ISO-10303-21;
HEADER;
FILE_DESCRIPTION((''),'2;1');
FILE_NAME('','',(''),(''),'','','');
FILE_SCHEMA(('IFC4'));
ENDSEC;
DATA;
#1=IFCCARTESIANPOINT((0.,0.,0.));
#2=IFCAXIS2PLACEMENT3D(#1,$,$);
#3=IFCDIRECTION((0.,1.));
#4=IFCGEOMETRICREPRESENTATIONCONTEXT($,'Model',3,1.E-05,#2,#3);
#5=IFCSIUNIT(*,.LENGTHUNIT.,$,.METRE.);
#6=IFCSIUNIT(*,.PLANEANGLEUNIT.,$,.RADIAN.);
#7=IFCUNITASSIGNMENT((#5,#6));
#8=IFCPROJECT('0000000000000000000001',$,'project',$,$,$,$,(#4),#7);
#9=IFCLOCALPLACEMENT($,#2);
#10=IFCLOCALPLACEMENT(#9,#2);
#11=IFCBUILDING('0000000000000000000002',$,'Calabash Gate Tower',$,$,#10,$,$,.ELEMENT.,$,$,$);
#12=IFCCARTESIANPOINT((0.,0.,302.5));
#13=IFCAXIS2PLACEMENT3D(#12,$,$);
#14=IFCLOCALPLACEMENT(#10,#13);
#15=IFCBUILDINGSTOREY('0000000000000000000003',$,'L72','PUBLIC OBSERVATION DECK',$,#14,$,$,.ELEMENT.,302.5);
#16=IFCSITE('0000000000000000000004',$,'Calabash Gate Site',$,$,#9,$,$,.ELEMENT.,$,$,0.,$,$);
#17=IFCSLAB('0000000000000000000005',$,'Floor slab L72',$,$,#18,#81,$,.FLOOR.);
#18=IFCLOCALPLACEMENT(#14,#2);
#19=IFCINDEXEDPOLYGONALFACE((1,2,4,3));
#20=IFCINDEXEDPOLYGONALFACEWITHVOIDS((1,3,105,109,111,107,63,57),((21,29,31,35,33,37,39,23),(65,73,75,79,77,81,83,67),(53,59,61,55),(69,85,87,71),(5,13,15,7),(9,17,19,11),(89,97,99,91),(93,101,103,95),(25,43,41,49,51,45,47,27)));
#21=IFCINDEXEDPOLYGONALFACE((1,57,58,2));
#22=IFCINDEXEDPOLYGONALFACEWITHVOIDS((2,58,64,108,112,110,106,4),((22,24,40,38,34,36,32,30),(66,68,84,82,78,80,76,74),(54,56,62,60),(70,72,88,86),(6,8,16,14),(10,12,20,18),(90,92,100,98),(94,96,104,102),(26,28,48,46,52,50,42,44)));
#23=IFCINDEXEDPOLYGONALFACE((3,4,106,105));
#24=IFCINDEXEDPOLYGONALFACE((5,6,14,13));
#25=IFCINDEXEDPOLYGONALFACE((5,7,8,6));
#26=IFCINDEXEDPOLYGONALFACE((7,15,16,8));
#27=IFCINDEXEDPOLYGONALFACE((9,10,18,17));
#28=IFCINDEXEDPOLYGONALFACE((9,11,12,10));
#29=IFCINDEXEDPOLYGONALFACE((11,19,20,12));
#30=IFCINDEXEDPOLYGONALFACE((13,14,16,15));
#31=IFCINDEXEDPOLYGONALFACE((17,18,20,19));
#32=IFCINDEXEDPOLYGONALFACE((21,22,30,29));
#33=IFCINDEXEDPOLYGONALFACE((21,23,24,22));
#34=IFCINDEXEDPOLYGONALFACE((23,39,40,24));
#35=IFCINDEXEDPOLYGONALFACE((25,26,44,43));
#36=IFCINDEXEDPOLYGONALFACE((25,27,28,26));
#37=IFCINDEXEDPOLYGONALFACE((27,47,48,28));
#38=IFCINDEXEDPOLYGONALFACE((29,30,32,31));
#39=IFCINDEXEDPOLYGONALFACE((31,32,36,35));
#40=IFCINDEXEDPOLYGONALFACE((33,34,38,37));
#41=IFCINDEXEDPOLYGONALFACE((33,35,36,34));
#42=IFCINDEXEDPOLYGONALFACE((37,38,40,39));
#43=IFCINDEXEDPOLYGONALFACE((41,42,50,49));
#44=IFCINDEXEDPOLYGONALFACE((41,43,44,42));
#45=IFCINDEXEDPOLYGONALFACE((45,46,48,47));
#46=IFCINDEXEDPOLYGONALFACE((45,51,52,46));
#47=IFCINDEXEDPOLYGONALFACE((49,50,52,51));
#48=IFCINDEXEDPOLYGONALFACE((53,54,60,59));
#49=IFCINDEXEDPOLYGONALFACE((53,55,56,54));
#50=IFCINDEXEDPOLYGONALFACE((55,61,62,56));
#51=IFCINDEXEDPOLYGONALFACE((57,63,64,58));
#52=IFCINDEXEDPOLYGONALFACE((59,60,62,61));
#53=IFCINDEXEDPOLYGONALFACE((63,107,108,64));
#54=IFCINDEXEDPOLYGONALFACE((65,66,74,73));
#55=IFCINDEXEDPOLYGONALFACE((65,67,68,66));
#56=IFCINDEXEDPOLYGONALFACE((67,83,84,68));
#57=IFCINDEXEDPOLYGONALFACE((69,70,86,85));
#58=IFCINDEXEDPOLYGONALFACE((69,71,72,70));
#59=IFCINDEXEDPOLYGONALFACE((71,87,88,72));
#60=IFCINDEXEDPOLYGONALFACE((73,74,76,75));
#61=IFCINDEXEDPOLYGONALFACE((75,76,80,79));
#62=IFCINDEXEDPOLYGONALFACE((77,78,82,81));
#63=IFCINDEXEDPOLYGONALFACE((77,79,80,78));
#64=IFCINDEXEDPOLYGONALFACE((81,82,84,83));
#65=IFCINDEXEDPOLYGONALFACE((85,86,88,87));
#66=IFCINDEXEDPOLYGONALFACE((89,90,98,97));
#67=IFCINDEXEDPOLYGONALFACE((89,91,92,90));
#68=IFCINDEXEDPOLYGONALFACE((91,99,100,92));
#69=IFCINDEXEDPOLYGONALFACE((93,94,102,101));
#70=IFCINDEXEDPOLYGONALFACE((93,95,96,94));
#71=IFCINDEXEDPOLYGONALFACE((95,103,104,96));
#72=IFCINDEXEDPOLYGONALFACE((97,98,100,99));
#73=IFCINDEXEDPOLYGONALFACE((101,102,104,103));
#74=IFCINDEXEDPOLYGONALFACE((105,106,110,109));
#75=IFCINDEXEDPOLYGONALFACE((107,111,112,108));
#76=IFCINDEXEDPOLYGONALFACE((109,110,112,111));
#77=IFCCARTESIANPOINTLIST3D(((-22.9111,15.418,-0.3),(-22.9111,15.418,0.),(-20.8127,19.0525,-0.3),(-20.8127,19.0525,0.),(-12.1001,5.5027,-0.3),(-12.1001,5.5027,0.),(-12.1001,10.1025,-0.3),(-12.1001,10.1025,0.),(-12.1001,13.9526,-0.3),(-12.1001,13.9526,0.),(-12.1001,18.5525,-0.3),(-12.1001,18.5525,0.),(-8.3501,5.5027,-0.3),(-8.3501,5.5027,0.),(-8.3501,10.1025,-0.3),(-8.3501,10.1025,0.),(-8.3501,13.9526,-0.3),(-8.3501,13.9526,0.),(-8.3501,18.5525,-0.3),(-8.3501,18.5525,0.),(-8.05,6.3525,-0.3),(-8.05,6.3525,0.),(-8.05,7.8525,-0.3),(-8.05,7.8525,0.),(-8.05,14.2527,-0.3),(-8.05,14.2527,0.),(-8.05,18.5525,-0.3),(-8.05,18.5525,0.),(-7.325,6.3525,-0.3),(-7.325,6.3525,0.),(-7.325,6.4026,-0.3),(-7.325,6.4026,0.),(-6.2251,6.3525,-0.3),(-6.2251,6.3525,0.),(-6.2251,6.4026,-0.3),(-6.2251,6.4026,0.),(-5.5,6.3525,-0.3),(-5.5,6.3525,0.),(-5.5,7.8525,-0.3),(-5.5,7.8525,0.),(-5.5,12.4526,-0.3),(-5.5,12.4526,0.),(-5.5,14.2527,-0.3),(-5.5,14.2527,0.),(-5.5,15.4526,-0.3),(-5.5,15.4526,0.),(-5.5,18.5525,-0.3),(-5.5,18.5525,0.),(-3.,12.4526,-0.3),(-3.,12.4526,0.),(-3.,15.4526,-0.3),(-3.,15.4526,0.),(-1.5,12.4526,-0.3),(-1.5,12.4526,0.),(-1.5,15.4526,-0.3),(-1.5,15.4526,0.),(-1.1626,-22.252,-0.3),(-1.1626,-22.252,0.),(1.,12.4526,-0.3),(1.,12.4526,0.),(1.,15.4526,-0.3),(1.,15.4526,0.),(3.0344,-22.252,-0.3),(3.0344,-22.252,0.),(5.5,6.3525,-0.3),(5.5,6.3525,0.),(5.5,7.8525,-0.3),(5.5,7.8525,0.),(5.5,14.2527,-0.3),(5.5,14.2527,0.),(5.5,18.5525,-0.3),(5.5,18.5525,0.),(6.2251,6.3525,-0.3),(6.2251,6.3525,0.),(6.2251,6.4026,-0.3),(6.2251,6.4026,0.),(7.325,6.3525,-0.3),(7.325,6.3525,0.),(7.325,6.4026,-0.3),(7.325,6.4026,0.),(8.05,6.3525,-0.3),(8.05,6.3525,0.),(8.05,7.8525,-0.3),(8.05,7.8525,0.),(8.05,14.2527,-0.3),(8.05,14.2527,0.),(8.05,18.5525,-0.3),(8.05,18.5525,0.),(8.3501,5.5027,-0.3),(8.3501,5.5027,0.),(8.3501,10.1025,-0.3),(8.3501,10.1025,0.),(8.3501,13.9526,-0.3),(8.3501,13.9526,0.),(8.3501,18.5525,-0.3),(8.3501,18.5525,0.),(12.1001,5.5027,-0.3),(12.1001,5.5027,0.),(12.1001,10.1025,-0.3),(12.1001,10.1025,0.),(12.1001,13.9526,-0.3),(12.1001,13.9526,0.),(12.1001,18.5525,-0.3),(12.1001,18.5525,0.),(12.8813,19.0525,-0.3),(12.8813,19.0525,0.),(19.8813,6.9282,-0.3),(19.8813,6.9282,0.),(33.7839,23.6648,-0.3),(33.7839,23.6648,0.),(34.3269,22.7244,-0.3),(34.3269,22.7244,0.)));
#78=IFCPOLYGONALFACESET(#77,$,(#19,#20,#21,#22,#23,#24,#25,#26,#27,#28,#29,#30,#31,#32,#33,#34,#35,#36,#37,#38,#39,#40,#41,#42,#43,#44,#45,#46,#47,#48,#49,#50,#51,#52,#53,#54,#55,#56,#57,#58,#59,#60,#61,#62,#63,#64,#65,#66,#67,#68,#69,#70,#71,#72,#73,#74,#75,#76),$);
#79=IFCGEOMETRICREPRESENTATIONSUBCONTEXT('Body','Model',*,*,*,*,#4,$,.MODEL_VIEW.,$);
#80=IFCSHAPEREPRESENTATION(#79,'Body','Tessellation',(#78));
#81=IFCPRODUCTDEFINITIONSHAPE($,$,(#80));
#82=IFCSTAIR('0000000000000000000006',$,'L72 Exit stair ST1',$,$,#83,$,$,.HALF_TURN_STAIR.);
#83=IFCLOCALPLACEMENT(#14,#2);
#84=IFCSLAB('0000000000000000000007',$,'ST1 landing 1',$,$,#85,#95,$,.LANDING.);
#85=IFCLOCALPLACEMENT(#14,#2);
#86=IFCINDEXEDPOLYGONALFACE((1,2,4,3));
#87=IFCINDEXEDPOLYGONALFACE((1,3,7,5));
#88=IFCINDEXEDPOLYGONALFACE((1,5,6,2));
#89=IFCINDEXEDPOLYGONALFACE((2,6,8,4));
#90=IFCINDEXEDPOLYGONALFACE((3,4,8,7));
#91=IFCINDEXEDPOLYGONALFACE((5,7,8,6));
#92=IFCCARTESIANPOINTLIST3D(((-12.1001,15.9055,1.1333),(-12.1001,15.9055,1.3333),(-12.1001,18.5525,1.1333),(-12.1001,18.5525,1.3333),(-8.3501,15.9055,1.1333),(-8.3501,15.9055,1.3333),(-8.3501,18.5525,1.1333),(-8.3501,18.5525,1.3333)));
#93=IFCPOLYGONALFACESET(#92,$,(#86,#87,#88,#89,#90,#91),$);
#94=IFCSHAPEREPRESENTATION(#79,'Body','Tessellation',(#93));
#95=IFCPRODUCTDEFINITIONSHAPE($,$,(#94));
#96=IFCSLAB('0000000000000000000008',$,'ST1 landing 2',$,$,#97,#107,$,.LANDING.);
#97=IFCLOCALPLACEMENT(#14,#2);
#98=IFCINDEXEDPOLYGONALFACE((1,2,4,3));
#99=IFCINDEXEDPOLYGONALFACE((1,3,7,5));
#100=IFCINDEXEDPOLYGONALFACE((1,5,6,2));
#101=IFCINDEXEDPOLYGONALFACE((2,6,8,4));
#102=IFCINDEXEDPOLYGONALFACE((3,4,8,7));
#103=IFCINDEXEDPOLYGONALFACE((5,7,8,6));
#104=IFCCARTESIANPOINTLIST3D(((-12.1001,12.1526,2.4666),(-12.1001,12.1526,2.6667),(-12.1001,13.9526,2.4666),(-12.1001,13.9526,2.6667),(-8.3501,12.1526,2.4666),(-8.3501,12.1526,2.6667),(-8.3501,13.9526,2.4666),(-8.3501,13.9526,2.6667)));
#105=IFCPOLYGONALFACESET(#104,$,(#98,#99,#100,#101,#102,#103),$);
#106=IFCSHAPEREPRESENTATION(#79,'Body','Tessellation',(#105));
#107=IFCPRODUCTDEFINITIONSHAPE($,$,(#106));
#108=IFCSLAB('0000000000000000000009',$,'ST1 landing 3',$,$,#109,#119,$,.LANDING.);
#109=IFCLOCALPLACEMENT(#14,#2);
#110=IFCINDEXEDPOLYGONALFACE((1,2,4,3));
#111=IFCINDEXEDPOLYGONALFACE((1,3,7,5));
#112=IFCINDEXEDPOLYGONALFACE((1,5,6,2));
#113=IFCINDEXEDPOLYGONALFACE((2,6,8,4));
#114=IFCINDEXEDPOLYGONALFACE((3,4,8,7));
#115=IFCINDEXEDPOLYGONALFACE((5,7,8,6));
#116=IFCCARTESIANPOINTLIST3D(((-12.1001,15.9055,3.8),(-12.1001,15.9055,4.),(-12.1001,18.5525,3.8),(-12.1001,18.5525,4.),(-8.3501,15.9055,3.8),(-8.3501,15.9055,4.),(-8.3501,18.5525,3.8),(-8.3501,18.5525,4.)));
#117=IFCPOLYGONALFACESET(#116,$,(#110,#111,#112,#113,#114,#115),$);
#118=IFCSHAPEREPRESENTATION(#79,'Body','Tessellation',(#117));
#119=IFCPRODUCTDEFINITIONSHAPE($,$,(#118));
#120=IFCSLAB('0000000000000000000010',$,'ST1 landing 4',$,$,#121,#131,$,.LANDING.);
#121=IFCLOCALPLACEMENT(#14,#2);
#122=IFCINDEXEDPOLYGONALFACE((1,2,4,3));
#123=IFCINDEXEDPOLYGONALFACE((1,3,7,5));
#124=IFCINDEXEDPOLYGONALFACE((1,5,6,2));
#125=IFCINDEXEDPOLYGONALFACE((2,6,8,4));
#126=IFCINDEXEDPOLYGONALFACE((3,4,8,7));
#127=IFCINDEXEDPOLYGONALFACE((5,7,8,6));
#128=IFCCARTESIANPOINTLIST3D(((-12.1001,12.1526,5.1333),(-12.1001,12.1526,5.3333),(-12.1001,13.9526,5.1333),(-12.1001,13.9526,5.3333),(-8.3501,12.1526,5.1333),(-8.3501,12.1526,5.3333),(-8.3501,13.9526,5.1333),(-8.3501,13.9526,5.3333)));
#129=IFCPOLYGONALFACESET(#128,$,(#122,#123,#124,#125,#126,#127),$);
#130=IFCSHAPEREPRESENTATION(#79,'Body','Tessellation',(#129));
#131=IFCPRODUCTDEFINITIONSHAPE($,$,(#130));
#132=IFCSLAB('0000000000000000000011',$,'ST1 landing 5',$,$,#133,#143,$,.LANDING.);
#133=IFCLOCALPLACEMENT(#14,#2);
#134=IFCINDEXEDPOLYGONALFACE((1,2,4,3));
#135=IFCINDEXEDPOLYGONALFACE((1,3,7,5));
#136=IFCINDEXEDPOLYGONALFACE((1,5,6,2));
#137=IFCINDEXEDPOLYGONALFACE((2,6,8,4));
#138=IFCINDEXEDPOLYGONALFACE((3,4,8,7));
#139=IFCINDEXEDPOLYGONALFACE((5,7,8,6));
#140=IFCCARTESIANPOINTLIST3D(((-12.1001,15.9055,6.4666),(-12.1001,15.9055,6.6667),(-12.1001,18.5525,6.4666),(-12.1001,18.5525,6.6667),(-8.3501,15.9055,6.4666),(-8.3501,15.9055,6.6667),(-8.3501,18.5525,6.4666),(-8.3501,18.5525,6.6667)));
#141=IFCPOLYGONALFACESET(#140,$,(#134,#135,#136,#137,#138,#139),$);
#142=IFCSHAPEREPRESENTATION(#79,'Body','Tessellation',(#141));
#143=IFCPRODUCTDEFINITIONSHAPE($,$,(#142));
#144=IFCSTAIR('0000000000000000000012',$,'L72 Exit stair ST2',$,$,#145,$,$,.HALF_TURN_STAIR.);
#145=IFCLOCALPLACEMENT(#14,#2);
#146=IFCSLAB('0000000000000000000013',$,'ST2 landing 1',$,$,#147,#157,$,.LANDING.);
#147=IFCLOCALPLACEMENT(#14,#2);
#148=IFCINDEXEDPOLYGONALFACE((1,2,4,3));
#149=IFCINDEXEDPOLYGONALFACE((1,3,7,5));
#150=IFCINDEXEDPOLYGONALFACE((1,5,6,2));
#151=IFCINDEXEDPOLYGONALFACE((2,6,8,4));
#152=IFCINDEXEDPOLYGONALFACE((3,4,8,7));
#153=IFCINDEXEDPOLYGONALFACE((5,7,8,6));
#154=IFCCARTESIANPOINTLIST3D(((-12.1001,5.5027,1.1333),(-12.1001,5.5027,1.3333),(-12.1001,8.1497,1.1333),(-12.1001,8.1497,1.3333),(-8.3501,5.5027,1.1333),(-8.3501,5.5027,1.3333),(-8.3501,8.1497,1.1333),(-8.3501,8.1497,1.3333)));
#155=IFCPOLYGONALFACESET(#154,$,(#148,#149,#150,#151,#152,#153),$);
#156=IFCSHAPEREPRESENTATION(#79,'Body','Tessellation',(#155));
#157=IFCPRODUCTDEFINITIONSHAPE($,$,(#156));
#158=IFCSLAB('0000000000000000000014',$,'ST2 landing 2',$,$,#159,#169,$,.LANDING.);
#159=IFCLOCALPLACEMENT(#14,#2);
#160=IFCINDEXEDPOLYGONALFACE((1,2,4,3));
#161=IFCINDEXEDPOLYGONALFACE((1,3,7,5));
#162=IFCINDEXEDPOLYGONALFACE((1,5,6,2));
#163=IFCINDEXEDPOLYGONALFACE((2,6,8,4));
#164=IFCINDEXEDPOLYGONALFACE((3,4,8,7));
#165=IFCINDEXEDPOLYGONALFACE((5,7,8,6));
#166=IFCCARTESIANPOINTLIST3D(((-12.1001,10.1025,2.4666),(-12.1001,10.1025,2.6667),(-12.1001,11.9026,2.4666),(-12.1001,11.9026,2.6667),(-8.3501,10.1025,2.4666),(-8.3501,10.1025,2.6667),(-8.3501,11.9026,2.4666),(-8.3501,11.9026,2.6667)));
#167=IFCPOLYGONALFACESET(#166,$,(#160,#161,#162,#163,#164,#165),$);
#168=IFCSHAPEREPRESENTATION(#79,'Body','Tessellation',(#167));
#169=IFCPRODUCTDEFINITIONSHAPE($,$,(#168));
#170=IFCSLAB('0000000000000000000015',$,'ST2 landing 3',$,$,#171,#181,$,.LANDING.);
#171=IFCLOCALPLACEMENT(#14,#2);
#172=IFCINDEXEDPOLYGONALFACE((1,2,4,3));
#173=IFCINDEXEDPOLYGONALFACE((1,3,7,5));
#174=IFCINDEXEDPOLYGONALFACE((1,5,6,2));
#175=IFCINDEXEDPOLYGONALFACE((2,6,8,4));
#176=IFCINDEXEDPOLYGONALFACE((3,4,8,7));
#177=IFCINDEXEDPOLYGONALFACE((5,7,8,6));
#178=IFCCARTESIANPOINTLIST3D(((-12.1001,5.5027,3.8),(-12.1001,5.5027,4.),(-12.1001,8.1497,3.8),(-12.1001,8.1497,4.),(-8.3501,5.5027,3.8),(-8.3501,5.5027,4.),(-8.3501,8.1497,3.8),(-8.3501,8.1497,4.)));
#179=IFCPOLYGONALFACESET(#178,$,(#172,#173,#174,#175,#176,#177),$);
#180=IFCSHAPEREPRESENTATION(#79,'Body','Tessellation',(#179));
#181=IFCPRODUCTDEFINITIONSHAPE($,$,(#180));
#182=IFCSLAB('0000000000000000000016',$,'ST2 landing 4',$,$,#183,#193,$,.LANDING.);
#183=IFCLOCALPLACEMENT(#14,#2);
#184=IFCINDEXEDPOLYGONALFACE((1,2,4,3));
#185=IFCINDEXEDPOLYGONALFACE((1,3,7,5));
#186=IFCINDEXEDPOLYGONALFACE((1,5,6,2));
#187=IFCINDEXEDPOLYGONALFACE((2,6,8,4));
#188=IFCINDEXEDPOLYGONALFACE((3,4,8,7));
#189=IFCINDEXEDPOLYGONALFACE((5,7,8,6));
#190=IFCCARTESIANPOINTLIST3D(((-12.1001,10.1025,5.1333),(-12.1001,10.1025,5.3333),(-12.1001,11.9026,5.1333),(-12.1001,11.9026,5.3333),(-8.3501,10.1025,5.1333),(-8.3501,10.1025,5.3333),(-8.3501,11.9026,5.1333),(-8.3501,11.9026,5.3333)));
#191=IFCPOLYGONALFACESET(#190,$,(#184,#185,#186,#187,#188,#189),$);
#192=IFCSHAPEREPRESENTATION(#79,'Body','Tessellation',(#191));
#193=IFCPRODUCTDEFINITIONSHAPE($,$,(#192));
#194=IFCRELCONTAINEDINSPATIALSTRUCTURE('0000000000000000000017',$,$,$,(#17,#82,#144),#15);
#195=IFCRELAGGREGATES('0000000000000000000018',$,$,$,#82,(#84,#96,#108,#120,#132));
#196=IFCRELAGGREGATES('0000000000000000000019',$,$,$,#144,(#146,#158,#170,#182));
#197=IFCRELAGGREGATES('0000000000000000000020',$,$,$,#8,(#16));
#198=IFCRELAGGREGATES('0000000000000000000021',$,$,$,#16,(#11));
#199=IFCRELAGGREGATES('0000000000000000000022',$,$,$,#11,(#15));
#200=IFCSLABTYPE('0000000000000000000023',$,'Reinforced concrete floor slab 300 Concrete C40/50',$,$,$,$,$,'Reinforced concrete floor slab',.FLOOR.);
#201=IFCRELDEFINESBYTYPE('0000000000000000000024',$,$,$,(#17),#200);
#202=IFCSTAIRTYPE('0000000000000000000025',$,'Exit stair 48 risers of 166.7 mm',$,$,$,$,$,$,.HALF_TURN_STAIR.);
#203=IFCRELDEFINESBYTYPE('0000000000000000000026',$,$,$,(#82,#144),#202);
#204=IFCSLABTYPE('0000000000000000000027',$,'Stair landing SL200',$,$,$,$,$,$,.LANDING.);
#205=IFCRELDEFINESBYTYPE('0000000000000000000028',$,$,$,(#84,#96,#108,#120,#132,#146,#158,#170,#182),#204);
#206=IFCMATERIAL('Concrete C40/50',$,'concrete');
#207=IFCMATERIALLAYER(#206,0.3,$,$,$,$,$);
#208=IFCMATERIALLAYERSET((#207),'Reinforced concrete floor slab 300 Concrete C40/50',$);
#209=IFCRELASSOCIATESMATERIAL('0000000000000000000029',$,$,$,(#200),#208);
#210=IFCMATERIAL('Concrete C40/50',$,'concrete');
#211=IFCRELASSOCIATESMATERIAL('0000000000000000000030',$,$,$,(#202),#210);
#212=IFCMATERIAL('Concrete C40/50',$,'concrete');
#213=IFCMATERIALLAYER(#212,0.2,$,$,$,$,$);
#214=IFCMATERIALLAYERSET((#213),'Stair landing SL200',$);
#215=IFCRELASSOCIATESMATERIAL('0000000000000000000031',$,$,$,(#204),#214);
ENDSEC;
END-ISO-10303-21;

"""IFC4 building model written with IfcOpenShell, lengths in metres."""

from ifc_helpers import new_model, si_unit, direction, frame, origin, place, context, subcontext, project, spatial, polyline, outline, extrude, material, layer, layer_set, type_object, element, aggregate, save


model = new_model("IFC4")

# Units and contexts
model_context = context("Model", 3, precision=1e-05, world=origin(), true_north=direction((0.0, 1.0)))
body_context = subcontext(model_context, "Body", "Model", "MODEL_VIEW")
ifc_project = project(units=[si_unit("LENGTHUNIT", "METRE"), si_unit("PLANEANGLEUNIT", "RADIAN")], contexts=[model_context])

# Site, building, storey
site_placement = place(None, origin())
site = spatial("IfcSite", under=ifc_project, at=site_placement, Name="Calabash Gate Site", CompositionType="ELEMENT", RefElevation=0.0)
building_placement = place(site_placement, origin())
building = spatial("IfcBuilding", under=site, at=building_placement, Name="Calabash Gate Tower", CompositionType="ELEMENT")
storey_placement = place(building_placement, frame((0.0, 0.0, 302.5)))
storey = spatial("IfcBuildingStorey", under=building, at=storey_placement, Name="L72", Description="PUBLIC OBSERVATION DECK", CompositionType="ELEMENT", Elevation=302.5)

# Slab
ifc_material_1 = material(Name="Concrete C40/50", Category="concrete")
ifc_layer_1 = layer(ifc_material_1, 0.3)
ifc_layer_set_1 = layer_set([ifc_layer_1], Name="Reinforced concrete floor slab 300 Concrete C40/50")
slab_type_1 = type_object("IfcSlabType", Name="Reinforced concrete floor slab 300 Concrete C40/50", ElementType="Reinforced concrete floor slab", PredefinedType="FLOOR", material=ifc_layer_set_1)
slab_1_placement = place(storey_placement, frame((0.0, 0.0, -0.3)))
element("IfcSlab", 1, at=slab_1_placement, inside=storey, type_object=slab_type_1, Name="Floor slab L72", PredefinedType="FLOOR", context=body_context, shape_type="SweptSolid", body=[
    extrude(outline(polyline([(12.8813, 19.0525), (33.7839, 23.6648), (34.3269, 22.7244), (19.8813, 6.9282), (3.0344, -22.252), (-1.1626, -22.252), (-22.9111, 15.418), (-20.8127, 19.0525), (12.8813, 19.0525)]), holes=[polyline([(-3.0, 12.4526), (-3.0, 15.4526), (-5.5, 15.4526), (-5.5, 18.5525), (-8.05, 18.5525), (-8.05, 14.2527), (-5.5, 14.2527), (-5.5, 12.4526), (-3.0, 12.4526)]), polyline([(-1.5, 12.4526), (1.0, 12.4526), (1.0, 15.4526), (-1.5, 15.4526), (-1.5, 12.4526)]), polyline([(8.05, 18.5525), (5.5, 18.5525), (5.5, 14.2527), (8.05, 14.2527), (8.05, 18.5525)]), polyline([(-8.3501, 18.5525), (-12.1001, 18.5525), (-12.1001, 13.9526), (-8.3501, 13.9526), (-8.3501, 18.5525)]), polyline([(-12.1001, 10.1025), (-12.1001, 5.5027), (-8.3501, 5.5027), (-8.3501, 10.1025), (-12.1001, 10.1025)]), polyline([(8.3501, 13.9526), (12.1001, 13.9526), (12.1001, 18.5525), (8.3501, 18.5525), (8.3501, 13.9526)]), polyline([(12.1001, 5.5027), (12.1001, 10.1025), (8.3501, 10.1025), (8.3501, 5.5027), (12.1001, 5.5027)]), polyline([(-7.325, 6.3525), (-7.325, 6.4026), (-6.2251, 6.4026), (-6.2251, 6.3525), (-5.5, 6.3525), (-5.5, 7.8525), (-8.05, 7.8525), (-8.05, 6.3525), (-7.325, 6.3525)]), polyline([(5.5, 6.3525), (6.2251, 6.3525), (6.2251, 6.4026), (7.325, 6.4026), (7.325, 6.3525), (8.05, 6.3525), (8.05, 7.8525), (5.5, 7.8525), (5.5, 6.3525)])]), origin(), (0.0, 0.0, 1.0), 0.3),
])

# Stairs, slabs
ifc_material_2 = material(Name="Concrete C40/50", Category="concrete")
stair_type = type_object("IfcStairType", Name="Exit stair 48 risers of 166.7 mm", PredefinedType="HALF_TURN_STAIR", material=ifc_material_2)
stair_1_placement = place(storey_placement, origin())
stair_1 = element("IfcStair", 2, at=stair_1_placement, inside=storey, type_object=stair_type, Name="L72 Exit stair ST1", PredefinedType="HALF_TURN_STAIR")
ifc_material_3 = material(Name="Concrete C40/50", Category="concrete")
ifc_layer_2 = layer(ifc_material_3, 0.2)
ifc_layer_set_2 = layer_set([ifc_layer_2], Name="Stair landing SL200")
slab_type_2 = type_object("IfcSlabType", Name="Stair landing SL200", PredefinedType="LANDING", material=ifc_layer_set_2)
slab_2_placement = place(storey_placement, frame((0.0, 0.0, 1.1333)))
slab_2 = element("IfcSlab", 3, at=slab_2_placement, type_object=slab_type_2, Name="ST1 landing 1", PredefinedType="LANDING", context=body_context, shape_type="SweptSolid", body=[
    extrude(outline(polyline([(-8.3501, 15.9055), (-8.3501, 18.5525), (-12.1001, 18.5525), (-12.1001, 15.9055), (-8.3501, 15.9055)])), origin(), (0.0, 0.0, 1.0), 0.2),
])
slab_3_placement = place(storey_placement, frame((0.0, 0.0, 2.4666)))
slab_3 = element("IfcSlab", 4, at=slab_3_placement, type_object=slab_type_2, Name="ST1 landing 2", PredefinedType="LANDING", context=body_context, shape_type="SweptSolid", body=[
    extrude(outline(polyline([(-8.3501, 12.1526), (-8.3501, 13.9526), (-12.1001, 13.9526), (-12.1001, 12.1526), (-8.3501, 12.1526)])), origin(), (0.0, 0.0, 1.0), 0.2002),
])
slab_4_placement = place(storey_placement, frame((0.0, 0.0, 3.8)))
slab_4 = element("IfcSlab", 5, at=slab_4_placement, type_object=slab_type_2, Name="ST1 landing 3", PredefinedType="LANDING", context=body_context, shape_type="SweptSolid", body=[
    extrude(outline(polyline([(-8.3501, 15.9055), (-8.3501, 18.5525), (-12.1001, 18.5525), (-12.1001, 15.9055), (-8.3501, 15.9055)])), origin(), (0.0, 0.0, 1.0), 0.2),
])
slab_5_placement = place(storey_placement, frame((0.0, 0.0, 5.1333)))
slab_5 = element("IfcSlab", 6, at=slab_5_placement, type_object=slab_type_2, Name="ST1 landing 4", PredefinedType="LANDING", context=body_context, shape_type="SweptSolid", body=[
    extrude(outline(polyline([(-8.3501, 12.1526), (-8.3501, 13.9526), (-12.1001, 13.9526), (-12.1001, 12.1526), (-8.3501, 12.1526)])), origin(), (0.0, 0.0, 1.0), 0.2),
])
slab_6_placement = place(storey_placement, frame((0.0, 0.0, 6.4666)))
slab_6 = element("IfcSlab", 7, at=slab_6_placement, type_object=slab_type_2, Name="ST1 landing 5", PredefinedType="LANDING", context=body_context, shape_type="SweptSolid", body=[
    extrude(outline(polyline([(-8.3501, 15.9055), (-8.3501, 18.5525), (-12.1001, 18.5525), (-12.1001, 15.9055), (-8.3501, 15.9055)])), origin(), (0.0, 0.0, 1.0), 0.2002),
])
aggregate(stair_1, [slab_2, slab_3, slab_4, slab_5, slab_6])
stair_2_placement = place(storey_placement, origin())
stair_2 = element("IfcStair", 8, at=stair_2_placement, inside=storey, type_object=stair_type, Name="L72 Exit stair ST2", PredefinedType="HALF_TURN_STAIR")
slab_7_placement = place(storey_placement, frame((0.0, 0.0, 1.1333)))
slab_7 = element("IfcSlab", 9, at=slab_7_placement, type_object=slab_type_2, Name="ST2 landing 1", PredefinedType="LANDING", context=body_context, shape_type="SweptSolid", body=[
    extrude(outline(polyline([(-12.1001, 8.1497), (-12.1001, 5.5027), (-8.3501, 5.5027), (-8.3501, 8.1497), (-12.1001, 8.1497)])), origin(), (0.0, 0.0, 1.0), 0.2),
])
slab_8_placement = place(storey_placement, frame((0.0, 0.0, 2.4666)))
slab_8 = element("IfcSlab", 10, at=slab_8_placement, type_object=slab_type_2, Name="ST2 landing 2", PredefinedType="LANDING", context=body_context, shape_type="SweptSolid", body=[
    extrude(outline(polyline([(-12.1001, 11.9026), (-12.1001, 10.1025), (-8.3501, 10.1025), (-8.3501, 11.9026), (-12.1001, 11.9026)])), origin(), (0.0, 0.0, 1.0), 0.2002),
])
slab_9_placement = place(storey_placement, frame((0.0, 0.0, 3.8)))
slab_9 = element("IfcSlab", 11, at=slab_9_placement, type_object=slab_type_2, Name="ST2 landing 3", PredefinedType="LANDING", context=body_context, shape_type="SweptSolid", body=[
    extrude(outline(polyline([(-12.1001, 8.1497), (-12.1001, 5.5027), (-8.3501, 5.5027), (-8.3501, 8.1497), (-12.1001, 8.1497)])), origin(), (0.0, 0.0, 1.0), 0.2),
])
slab_10_placement = place(storey_placement, frame((0.0, 0.0, 5.1333)))
slab_10 = element("IfcSlab", 12, at=slab_10_placement, type_object=slab_type_2, Name="ST2 landing 4", PredefinedType="LANDING", context=body_context, shape_type="SweptSolid", body=[
    extrude(outline(polyline([(-12.1001, 11.9026), (-12.1001, 10.1025), (-8.3501, 10.1025), (-8.3501, 11.9026), (-12.1001, 11.9026)])), origin(), (0.0, 0.0, 1.0), 0.2),
])
aggregate(stair_2, [slab_7, slab_8, slab_9, slab_10])

save(model, "model.ifc")
